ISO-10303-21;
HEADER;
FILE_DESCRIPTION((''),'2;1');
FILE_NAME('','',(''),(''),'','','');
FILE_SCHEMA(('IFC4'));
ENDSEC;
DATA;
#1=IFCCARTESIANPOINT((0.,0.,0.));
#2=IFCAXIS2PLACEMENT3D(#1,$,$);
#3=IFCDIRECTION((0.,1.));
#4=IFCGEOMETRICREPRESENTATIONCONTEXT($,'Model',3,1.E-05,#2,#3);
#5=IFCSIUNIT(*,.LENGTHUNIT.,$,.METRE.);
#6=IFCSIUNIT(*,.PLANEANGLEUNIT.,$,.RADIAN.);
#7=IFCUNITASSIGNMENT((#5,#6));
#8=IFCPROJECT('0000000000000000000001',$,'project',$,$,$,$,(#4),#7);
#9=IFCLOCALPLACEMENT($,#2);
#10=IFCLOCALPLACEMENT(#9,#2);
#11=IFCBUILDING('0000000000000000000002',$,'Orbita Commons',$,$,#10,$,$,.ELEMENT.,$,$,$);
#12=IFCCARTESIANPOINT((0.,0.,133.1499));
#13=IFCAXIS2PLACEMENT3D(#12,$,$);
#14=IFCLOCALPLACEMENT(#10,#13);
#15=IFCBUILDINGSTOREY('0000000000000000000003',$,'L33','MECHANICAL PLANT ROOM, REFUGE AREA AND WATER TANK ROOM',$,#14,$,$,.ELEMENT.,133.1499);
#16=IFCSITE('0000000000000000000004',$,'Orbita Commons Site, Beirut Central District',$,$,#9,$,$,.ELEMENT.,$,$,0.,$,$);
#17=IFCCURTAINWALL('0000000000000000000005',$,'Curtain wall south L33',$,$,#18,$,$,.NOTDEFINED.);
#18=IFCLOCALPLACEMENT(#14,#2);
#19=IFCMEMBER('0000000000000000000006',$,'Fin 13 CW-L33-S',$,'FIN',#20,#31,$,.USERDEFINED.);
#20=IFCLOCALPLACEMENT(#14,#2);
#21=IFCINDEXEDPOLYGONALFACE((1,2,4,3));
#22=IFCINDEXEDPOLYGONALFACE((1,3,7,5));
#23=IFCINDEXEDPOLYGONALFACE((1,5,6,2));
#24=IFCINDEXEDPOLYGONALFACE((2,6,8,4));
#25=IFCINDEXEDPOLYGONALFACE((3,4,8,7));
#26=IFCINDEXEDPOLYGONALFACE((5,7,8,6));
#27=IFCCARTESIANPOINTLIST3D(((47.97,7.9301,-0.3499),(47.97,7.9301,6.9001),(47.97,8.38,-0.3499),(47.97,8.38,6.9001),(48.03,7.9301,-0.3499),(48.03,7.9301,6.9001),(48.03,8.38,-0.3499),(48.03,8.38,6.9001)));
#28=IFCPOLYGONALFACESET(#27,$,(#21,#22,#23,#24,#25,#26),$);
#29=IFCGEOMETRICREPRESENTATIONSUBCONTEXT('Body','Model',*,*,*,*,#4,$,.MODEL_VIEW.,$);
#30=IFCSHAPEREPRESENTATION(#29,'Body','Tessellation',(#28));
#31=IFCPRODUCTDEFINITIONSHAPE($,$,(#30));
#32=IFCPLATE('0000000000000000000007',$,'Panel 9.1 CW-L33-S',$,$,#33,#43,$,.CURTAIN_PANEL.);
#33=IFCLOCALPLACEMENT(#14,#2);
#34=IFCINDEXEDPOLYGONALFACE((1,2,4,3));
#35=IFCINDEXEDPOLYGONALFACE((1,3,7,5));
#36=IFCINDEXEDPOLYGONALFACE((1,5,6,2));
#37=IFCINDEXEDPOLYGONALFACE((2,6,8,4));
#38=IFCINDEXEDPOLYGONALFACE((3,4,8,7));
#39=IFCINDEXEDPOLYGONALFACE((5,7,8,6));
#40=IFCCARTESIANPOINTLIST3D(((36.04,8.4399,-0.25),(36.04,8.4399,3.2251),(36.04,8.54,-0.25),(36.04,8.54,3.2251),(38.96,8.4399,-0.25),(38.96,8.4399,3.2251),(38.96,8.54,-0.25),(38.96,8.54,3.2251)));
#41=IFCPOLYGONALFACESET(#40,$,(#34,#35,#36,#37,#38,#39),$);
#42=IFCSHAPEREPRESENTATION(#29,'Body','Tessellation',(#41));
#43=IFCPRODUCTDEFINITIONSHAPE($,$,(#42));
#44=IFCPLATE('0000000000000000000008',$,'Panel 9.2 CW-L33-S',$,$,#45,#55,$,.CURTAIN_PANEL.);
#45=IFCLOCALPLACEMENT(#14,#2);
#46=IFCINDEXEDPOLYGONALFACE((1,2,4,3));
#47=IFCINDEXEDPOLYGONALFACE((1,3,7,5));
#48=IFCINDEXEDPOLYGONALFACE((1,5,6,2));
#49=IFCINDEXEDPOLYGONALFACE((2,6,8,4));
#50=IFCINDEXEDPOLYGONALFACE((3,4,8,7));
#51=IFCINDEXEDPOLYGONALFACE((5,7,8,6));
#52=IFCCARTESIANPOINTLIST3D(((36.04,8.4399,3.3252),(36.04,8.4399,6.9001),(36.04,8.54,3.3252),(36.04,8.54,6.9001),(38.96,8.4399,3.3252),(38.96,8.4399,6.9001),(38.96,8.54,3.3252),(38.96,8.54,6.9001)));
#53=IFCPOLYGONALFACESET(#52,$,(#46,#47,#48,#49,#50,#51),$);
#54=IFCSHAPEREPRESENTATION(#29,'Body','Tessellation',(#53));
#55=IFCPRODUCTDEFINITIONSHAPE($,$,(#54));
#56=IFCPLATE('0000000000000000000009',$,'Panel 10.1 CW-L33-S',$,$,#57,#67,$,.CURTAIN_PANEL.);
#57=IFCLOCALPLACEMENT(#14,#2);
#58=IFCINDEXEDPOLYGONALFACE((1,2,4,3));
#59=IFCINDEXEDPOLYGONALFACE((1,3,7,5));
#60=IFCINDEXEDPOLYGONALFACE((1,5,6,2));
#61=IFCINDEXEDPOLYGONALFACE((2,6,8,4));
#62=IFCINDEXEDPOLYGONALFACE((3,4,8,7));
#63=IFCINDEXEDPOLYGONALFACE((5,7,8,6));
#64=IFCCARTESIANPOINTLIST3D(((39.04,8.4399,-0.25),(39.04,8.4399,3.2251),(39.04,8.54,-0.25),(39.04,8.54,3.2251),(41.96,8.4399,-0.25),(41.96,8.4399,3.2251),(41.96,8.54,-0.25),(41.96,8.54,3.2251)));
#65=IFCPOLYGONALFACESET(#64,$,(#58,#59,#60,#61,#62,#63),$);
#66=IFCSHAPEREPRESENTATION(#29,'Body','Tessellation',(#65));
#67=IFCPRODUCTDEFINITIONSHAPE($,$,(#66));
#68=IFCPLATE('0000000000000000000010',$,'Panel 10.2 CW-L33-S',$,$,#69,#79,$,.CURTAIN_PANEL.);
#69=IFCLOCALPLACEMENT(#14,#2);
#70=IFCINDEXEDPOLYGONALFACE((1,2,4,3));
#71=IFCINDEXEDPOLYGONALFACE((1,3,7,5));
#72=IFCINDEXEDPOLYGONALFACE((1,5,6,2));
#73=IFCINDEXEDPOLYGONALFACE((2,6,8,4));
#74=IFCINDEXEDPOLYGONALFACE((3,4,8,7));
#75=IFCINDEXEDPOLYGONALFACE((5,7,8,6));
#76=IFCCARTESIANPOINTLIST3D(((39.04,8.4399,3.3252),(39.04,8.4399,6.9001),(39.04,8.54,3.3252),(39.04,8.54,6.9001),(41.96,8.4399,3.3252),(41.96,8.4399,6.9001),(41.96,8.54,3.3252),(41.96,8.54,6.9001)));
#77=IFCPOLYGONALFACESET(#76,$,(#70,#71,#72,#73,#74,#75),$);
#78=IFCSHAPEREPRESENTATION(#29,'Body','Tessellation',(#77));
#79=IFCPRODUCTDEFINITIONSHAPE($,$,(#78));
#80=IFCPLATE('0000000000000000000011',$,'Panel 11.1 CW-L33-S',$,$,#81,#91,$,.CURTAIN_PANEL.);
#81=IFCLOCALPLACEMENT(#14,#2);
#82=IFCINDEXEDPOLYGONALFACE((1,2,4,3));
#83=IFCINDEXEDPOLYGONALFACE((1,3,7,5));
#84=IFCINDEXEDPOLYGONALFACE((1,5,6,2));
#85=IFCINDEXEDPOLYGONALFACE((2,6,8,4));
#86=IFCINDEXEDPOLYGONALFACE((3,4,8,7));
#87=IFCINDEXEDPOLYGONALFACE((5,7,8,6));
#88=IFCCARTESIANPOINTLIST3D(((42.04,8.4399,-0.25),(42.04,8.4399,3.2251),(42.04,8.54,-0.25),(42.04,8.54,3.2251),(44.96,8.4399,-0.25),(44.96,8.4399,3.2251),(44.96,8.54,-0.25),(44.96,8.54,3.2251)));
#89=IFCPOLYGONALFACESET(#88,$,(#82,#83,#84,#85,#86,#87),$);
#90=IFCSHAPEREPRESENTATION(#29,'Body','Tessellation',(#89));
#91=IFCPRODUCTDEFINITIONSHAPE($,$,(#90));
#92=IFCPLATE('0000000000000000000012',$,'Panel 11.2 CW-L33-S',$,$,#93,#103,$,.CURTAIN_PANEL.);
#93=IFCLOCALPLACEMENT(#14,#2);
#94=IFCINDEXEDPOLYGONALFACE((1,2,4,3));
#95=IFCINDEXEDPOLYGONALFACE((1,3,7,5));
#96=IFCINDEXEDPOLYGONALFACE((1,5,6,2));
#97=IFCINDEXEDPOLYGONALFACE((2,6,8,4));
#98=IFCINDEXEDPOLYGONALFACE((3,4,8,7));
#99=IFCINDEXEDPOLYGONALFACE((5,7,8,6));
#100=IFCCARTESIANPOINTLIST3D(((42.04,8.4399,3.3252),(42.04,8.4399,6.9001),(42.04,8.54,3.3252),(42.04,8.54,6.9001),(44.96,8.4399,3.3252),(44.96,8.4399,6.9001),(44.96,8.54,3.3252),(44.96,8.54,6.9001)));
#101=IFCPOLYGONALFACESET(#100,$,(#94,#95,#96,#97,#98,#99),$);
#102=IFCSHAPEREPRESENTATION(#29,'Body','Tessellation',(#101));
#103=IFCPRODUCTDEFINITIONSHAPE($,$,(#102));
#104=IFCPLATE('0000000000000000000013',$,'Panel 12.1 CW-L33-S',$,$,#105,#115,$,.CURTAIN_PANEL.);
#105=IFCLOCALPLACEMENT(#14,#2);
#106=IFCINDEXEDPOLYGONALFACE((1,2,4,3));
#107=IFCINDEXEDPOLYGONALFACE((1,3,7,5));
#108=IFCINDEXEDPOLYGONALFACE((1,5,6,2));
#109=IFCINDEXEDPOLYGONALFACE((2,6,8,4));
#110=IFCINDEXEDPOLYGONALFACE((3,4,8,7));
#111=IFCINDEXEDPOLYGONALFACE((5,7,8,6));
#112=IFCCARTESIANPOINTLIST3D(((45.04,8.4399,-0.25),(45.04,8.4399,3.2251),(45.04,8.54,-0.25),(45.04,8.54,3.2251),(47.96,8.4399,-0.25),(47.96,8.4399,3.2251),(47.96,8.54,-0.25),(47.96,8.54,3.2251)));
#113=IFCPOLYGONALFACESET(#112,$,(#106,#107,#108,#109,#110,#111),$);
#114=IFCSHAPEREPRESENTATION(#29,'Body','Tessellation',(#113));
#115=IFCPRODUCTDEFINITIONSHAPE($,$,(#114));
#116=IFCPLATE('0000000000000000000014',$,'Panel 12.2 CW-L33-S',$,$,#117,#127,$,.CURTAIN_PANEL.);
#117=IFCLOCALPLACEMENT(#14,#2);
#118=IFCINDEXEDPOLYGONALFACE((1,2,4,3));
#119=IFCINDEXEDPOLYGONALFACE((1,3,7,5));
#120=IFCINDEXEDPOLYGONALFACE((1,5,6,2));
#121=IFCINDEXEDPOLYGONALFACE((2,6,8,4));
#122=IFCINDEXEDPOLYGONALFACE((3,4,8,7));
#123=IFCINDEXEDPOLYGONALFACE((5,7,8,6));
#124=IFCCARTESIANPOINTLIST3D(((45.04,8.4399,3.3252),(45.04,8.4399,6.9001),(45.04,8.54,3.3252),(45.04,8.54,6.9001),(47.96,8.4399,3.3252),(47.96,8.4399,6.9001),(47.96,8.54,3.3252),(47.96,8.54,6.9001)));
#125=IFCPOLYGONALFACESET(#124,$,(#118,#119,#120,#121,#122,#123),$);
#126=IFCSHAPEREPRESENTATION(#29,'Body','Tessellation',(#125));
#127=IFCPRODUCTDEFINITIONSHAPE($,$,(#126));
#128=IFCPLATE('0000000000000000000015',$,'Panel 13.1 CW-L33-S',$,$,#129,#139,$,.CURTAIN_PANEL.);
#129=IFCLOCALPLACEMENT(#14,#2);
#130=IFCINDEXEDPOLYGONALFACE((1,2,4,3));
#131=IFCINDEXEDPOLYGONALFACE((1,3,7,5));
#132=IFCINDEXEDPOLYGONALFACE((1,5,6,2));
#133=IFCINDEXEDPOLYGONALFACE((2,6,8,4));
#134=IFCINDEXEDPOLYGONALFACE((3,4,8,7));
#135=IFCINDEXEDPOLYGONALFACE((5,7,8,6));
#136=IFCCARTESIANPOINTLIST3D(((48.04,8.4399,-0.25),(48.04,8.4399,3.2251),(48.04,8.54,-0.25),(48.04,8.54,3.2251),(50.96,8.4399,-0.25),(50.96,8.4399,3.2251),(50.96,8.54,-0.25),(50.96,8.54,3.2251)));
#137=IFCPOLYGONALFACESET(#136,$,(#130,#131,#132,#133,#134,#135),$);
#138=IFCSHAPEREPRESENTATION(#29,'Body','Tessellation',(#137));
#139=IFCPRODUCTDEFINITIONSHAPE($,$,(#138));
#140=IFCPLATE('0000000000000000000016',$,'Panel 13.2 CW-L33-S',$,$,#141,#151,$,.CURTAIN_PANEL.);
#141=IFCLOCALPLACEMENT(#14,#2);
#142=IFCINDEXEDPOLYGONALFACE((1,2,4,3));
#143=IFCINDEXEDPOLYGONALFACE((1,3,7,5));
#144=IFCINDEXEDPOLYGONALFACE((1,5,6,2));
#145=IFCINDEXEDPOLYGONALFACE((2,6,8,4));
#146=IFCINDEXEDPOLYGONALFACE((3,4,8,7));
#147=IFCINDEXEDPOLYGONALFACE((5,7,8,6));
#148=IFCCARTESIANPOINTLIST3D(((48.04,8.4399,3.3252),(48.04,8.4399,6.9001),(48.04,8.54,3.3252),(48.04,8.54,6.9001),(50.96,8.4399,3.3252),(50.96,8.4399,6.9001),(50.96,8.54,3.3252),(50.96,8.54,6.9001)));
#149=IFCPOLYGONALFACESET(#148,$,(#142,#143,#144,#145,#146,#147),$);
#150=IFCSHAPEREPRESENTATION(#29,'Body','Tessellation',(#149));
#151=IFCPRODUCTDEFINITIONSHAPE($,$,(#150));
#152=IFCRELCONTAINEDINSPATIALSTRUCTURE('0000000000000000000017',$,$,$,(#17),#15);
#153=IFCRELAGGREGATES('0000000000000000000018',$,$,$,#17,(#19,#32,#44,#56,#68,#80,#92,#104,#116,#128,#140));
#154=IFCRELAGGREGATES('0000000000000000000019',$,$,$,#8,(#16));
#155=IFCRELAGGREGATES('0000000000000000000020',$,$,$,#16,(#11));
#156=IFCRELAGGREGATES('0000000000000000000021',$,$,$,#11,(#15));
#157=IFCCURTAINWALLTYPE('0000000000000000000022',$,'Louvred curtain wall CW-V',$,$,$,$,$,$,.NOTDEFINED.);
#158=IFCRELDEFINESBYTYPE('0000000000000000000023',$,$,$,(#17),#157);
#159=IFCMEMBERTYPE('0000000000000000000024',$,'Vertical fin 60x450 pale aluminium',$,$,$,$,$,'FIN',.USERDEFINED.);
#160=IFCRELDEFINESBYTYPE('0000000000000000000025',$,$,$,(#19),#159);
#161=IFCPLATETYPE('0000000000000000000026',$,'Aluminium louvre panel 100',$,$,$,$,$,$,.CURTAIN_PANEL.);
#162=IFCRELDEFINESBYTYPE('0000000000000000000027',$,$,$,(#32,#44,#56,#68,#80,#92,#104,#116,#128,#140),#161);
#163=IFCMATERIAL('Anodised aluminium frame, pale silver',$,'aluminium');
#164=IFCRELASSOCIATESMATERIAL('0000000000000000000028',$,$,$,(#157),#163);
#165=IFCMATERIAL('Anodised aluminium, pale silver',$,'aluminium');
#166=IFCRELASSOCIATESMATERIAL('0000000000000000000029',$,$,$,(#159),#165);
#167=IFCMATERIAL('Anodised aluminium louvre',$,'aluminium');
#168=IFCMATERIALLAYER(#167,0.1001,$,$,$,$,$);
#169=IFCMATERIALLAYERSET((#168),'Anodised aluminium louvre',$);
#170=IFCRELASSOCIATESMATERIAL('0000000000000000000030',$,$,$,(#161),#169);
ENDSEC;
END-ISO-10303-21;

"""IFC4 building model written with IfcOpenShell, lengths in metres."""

from ifc_helpers import new_model, si_unit, direction, frame, origin, origin_2d, place, context, subcontext, project, spatial, rectangle, extrude, material, layer, layer_set, material_profile, profile_set, type_object, element, aggregate, save


model = new_model("IFC4")

# Units and contexts
model_context = context("Model", 3, precision=1e-05, world=origin(), true_north=direction((0.0, 1.0)))
body_context = subcontext(model_context, "Body", "Model", "MODEL_VIEW")
ifc_project = project(units=[si_unit("LENGTHUNIT", "METRE"), si_unit("PLANEANGLEUNIT", "RADIAN")], contexts=[model_context])

# Site, building, storey
site_placement = place(None, origin())
site = spatial("IfcSite", under=ifc_project, at=site_placement, Name="Orbita Commons Site, Beirut Central District", CompositionType="ELEMENT", RefElevation=0.0)
building_placement = place(site_placement, origin())
building = spatial("IfcBuilding", under=site, at=building_placement, Name="Orbita Commons", CompositionType="ELEMENT")
storey_placement = place(building_placement, frame((0.0, 0.0, 133.1499)))
storey = spatial("IfcBuildingStorey", under=building, at=storey_placement, Name="L33", Description="MECHANICAL PLANT ROOM, REFUGE AREA AND WATER TANK ROOM", CompositionType="ELEMENT", Elevation=133.1499)

# Curtain wall, member, plates
ifc_material_1 = material(Name="Anodised aluminium frame, pale silver", Category="aluminium")
curtain_wall_type = type_object("IfcCurtainWallType", Name="Louvred curtain wall CW-V", PredefinedType="NOTDEFINED", material=ifc_material_1)
curtain_wall_placement = place(storey_placement, origin())
curtain_wall = element("IfcCurtainWall", 1, at=curtain_wall_placement, inside=storey, type_object=curtain_wall_type, Name="Curtain wall south L33", PredefinedType="NOTDEFINED")
ifc_material_2 = material(Name="Anodised aluminium, pale silver", Category="aluminium")
ifc_material_profile_1 = material_profile(ifc_material_2, rectangle(XDim=0.0601, YDim=0.45, at=origin_2d()), Name="FIN 60x450")
ifc_profile_set_1 = profile_set([ifc_material_profile_1], Name="Anodised aluminium, pale silver")
member_type_1 = type_object("IfcMemberType", Name="Vertical fin 60x450 pale aluminium", ElementType="FIN", PredefinedType="USERDEFINED", material=ifc_profile_set_1)
member_1_placement = place(storey_placement, frame((48.0, 8.155, -0.3499), z_axis=(0.0, 0.0, 1.0), x_axis=(1.0, 0.0, 0.0)))
member_1 = element("IfcMember", 2, at=member_1_placement, type_object=member_type_1, Name="Fin 13 CW-L33-S", ObjectType="FIN", PredefinedType="USERDEFINED", context=body_context, shape_type="SweptSolid", body=[
    extrude(rectangle(XDim=0.0601, YDim=0.45, at=origin_2d()), origin(), (0.0, 0.0, 1.0), 7.25),
])
ifc_material_3 = material(Name="Anodised aluminium louvre", Category="aluminium")
ifc_layer = layer(ifc_material_3, 0.1001)
ifc_layer_set = layer_set([ifc_layer], Name="Anodised aluminium louvre")
plate_type = type_object("IfcPlateType", Name="Aluminium louvre panel 100", PredefinedType="CURTAIN_PANEL", material=ifc_layer_set)
plate_1_placement = place(storey_placement, frame((37.5, 8.49, -0.25), z_axis=(0.0, 0.0, 1.0), x_axis=(1.0, 0.0, 0.0)))
plate_1 = element("IfcPlate", 3, at=plate_1_placement, type_object=plate_type, Name="Panel 9.1 CW-L33-S", PredefinedType="CURTAIN_PANEL", context=body_context, shape_type="SweptSolid", body=[
    extrude(rectangle(XDim=2.9199, YDim=0.1001, at=origin_2d()), origin(), (0.0, 0.0, 1.0), 3.4751),
])
plate_2_placement = place(storey_placement, frame((37.5, 8.49, 3.3252), z_axis=(0.0, 0.0, 1.0), x_axis=(1.0, 0.0, 0.0)))
plate_2 = element("IfcPlate", 4, at=plate_2_placement, type_object=plate_type, Name="Panel 9.2 CW-L33-S", PredefinedType="CURTAIN_PANEL", context=body_context, shape_type="SweptSolid", body=[
    extrude(rectangle(XDim=2.9199, YDim=0.1001, at=origin_2d()), origin(), (0.0, 0.0, 1.0), 3.575),
])
plate_3_placement = place(storey_placement, frame((40.5, 8.49, -0.25), z_axis=(0.0, 0.0, 1.0), x_axis=(1.0, 0.0, 0.0)))
plate_3 = element("IfcPlate", 5, at=plate_3_placement, type_object=plate_type, Name="Panel 10.1 CW-L33-S", PredefinedType="CURTAIN_PANEL", context=body_context, shape_type="SweptSolid", body=[
    extrude(rectangle(XDim=2.9199, YDim=0.1001, at=origin_2d()), origin(), (0.0, 0.0, 1.0), 3.4751),
])
plate_4_placement = place(storey_placement, frame((40.5, 8.49, 3.3252), z_axis=(0.0, 0.0, 1.0), x_axis=(1.0, 0.0, 0.0)))
plate_4 = element("IfcPlate", 6, at=plate_4_placement, type_object=plate_type, Name="Panel 10.2 CW-L33-S", PredefinedType="CURTAIN_PANEL", context=body_context, shape_type="SweptSolid", body=[
    extrude(rectangle(XDim=2.9199, YDim=0.1001, at=origin_2d()), origin(), (0.0, 0.0, 1.0), 3.575),
])
plate_5_placement = place(storey_placement, frame((43.5, 8.49, -0.25), z_axis=(0.0, 0.0, 1.0), x_axis=(1.0, 0.0, 0.0)))
plate_5 = element("IfcPlate", 7, at=plate_5_placement, type_object=plate_type, Name="Panel 11.1 CW-L33-S", PredefinedType="CURTAIN_PANEL", context=body_context, shape_type="SweptSolid", body=[
    extrude(rectangle(XDim=2.9199, YDim=0.1001, at=origin_2d()), origin(), (0.0, 0.0, 1.0), 3.4751),
])
plate_6_placement = place(storey_placement, frame((43.5, 8.49, 3.3252), z_axis=(0.0, 0.0, 1.0), x_axis=(1.0, 0.0, 0.0)))
plate_6 = element("IfcPlate", 8, at=plate_6_placement, type_object=plate_type, Name="Panel 11.2 CW-L33-S", PredefinedType="CURTAIN_PANEL", context=body_context, shape_type="SweptSolid", body=[
    extrude(rectangle(XDim=2.9199, YDim=0.1001, at=origin_2d()), origin(), (0.0, 0.0, 1.0), 3.575),
])
plate_7_placement = place(storey_placement, frame((46.5, 8.49, -0.25), z_axis=(0.0, 0.0, 1.0), x_axis=(1.0, 0.0, 0.0)))
plate_7 = element("IfcPlate", 9, at=plate_7_placement, type_object=plate_type, Name="Panel 12.1 CW-L33-S", PredefinedType="CURTAIN_PANEL", context=body_context, shape_type="SweptSolid", body=[
    extrude(rectangle(XDim=2.9199, YDim=0.1001, at=origin_2d()), origin(), (0.0, 0.0, 1.0), 3.4751),
])
plate_8_placement = place(storey_placement, frame((46.5, 8.49, 3.3252), z_axis=(0.0, 0.0, 1.0), x_axis=(1.0, 0.0, 0.0)))
plate_8 = element("IfcPlate", 10, at=plate_8_placement, type_object=plate_type, Name="Panel 12.2 CW-L33-S", PredefinedType="CURTAIN_PANEL", context=body_context, shape_type="SweptSolid", body=[
    extrude(rectangle(XDim=2.9199, YDim=0.1001, at=origin_2d()), origin(), (0.0, 0.0, 1.0), 3.575),
])
plate_9_placement = place(storey_placement, frame((49.5, 8.49, -0.25), z_axis=(0.0, 0.0, 1.0), x_axis=(1.0, 0.0, 0.0)))
plate_9 = element("IfcPlate", 11, at=plate_9_placement, type_object=plate_type, Name="Panel 13.1 CW-L33-S", PredefinedType="CURTAIN_PANEL", context=body_context, shape_type="SweptSolid", body=[
    extrude(rectangle(XDim=2.9199, YDim=0.1001, at=origin_2d()), origin(), (0.0, 0.0, 1.0), 3.4751),
])
plate_10_placement = place(storey_placement, frame((49.5, 8.49, 3.3252), z_axis=(0.0, 0.0, 1.0), x_axis=(1.0, 0.0, 0.0)))
plate_10 = element("IfcPlate", 12, at=plate_10_placement, type_object=plate_type, Name="Panel 13.2 CW-L33-S", PredefinedType="CURTAIN_PANEL", context=body_context, shape_type="SweptSolid", body=[
    extrude(rectangle(XDim=2.9199, YDim=0.1001, at=origin_2d()), origin(), (0.0, 0.0, 1.0), 3.575),
])
aggregate(curtain_wall, [member_1, plate_1, plate_2, plate_3, plate_4, plate_5, plate_6, plate_7, plate_8, plate_9, plate_10])

save(model, "model.ifc")
